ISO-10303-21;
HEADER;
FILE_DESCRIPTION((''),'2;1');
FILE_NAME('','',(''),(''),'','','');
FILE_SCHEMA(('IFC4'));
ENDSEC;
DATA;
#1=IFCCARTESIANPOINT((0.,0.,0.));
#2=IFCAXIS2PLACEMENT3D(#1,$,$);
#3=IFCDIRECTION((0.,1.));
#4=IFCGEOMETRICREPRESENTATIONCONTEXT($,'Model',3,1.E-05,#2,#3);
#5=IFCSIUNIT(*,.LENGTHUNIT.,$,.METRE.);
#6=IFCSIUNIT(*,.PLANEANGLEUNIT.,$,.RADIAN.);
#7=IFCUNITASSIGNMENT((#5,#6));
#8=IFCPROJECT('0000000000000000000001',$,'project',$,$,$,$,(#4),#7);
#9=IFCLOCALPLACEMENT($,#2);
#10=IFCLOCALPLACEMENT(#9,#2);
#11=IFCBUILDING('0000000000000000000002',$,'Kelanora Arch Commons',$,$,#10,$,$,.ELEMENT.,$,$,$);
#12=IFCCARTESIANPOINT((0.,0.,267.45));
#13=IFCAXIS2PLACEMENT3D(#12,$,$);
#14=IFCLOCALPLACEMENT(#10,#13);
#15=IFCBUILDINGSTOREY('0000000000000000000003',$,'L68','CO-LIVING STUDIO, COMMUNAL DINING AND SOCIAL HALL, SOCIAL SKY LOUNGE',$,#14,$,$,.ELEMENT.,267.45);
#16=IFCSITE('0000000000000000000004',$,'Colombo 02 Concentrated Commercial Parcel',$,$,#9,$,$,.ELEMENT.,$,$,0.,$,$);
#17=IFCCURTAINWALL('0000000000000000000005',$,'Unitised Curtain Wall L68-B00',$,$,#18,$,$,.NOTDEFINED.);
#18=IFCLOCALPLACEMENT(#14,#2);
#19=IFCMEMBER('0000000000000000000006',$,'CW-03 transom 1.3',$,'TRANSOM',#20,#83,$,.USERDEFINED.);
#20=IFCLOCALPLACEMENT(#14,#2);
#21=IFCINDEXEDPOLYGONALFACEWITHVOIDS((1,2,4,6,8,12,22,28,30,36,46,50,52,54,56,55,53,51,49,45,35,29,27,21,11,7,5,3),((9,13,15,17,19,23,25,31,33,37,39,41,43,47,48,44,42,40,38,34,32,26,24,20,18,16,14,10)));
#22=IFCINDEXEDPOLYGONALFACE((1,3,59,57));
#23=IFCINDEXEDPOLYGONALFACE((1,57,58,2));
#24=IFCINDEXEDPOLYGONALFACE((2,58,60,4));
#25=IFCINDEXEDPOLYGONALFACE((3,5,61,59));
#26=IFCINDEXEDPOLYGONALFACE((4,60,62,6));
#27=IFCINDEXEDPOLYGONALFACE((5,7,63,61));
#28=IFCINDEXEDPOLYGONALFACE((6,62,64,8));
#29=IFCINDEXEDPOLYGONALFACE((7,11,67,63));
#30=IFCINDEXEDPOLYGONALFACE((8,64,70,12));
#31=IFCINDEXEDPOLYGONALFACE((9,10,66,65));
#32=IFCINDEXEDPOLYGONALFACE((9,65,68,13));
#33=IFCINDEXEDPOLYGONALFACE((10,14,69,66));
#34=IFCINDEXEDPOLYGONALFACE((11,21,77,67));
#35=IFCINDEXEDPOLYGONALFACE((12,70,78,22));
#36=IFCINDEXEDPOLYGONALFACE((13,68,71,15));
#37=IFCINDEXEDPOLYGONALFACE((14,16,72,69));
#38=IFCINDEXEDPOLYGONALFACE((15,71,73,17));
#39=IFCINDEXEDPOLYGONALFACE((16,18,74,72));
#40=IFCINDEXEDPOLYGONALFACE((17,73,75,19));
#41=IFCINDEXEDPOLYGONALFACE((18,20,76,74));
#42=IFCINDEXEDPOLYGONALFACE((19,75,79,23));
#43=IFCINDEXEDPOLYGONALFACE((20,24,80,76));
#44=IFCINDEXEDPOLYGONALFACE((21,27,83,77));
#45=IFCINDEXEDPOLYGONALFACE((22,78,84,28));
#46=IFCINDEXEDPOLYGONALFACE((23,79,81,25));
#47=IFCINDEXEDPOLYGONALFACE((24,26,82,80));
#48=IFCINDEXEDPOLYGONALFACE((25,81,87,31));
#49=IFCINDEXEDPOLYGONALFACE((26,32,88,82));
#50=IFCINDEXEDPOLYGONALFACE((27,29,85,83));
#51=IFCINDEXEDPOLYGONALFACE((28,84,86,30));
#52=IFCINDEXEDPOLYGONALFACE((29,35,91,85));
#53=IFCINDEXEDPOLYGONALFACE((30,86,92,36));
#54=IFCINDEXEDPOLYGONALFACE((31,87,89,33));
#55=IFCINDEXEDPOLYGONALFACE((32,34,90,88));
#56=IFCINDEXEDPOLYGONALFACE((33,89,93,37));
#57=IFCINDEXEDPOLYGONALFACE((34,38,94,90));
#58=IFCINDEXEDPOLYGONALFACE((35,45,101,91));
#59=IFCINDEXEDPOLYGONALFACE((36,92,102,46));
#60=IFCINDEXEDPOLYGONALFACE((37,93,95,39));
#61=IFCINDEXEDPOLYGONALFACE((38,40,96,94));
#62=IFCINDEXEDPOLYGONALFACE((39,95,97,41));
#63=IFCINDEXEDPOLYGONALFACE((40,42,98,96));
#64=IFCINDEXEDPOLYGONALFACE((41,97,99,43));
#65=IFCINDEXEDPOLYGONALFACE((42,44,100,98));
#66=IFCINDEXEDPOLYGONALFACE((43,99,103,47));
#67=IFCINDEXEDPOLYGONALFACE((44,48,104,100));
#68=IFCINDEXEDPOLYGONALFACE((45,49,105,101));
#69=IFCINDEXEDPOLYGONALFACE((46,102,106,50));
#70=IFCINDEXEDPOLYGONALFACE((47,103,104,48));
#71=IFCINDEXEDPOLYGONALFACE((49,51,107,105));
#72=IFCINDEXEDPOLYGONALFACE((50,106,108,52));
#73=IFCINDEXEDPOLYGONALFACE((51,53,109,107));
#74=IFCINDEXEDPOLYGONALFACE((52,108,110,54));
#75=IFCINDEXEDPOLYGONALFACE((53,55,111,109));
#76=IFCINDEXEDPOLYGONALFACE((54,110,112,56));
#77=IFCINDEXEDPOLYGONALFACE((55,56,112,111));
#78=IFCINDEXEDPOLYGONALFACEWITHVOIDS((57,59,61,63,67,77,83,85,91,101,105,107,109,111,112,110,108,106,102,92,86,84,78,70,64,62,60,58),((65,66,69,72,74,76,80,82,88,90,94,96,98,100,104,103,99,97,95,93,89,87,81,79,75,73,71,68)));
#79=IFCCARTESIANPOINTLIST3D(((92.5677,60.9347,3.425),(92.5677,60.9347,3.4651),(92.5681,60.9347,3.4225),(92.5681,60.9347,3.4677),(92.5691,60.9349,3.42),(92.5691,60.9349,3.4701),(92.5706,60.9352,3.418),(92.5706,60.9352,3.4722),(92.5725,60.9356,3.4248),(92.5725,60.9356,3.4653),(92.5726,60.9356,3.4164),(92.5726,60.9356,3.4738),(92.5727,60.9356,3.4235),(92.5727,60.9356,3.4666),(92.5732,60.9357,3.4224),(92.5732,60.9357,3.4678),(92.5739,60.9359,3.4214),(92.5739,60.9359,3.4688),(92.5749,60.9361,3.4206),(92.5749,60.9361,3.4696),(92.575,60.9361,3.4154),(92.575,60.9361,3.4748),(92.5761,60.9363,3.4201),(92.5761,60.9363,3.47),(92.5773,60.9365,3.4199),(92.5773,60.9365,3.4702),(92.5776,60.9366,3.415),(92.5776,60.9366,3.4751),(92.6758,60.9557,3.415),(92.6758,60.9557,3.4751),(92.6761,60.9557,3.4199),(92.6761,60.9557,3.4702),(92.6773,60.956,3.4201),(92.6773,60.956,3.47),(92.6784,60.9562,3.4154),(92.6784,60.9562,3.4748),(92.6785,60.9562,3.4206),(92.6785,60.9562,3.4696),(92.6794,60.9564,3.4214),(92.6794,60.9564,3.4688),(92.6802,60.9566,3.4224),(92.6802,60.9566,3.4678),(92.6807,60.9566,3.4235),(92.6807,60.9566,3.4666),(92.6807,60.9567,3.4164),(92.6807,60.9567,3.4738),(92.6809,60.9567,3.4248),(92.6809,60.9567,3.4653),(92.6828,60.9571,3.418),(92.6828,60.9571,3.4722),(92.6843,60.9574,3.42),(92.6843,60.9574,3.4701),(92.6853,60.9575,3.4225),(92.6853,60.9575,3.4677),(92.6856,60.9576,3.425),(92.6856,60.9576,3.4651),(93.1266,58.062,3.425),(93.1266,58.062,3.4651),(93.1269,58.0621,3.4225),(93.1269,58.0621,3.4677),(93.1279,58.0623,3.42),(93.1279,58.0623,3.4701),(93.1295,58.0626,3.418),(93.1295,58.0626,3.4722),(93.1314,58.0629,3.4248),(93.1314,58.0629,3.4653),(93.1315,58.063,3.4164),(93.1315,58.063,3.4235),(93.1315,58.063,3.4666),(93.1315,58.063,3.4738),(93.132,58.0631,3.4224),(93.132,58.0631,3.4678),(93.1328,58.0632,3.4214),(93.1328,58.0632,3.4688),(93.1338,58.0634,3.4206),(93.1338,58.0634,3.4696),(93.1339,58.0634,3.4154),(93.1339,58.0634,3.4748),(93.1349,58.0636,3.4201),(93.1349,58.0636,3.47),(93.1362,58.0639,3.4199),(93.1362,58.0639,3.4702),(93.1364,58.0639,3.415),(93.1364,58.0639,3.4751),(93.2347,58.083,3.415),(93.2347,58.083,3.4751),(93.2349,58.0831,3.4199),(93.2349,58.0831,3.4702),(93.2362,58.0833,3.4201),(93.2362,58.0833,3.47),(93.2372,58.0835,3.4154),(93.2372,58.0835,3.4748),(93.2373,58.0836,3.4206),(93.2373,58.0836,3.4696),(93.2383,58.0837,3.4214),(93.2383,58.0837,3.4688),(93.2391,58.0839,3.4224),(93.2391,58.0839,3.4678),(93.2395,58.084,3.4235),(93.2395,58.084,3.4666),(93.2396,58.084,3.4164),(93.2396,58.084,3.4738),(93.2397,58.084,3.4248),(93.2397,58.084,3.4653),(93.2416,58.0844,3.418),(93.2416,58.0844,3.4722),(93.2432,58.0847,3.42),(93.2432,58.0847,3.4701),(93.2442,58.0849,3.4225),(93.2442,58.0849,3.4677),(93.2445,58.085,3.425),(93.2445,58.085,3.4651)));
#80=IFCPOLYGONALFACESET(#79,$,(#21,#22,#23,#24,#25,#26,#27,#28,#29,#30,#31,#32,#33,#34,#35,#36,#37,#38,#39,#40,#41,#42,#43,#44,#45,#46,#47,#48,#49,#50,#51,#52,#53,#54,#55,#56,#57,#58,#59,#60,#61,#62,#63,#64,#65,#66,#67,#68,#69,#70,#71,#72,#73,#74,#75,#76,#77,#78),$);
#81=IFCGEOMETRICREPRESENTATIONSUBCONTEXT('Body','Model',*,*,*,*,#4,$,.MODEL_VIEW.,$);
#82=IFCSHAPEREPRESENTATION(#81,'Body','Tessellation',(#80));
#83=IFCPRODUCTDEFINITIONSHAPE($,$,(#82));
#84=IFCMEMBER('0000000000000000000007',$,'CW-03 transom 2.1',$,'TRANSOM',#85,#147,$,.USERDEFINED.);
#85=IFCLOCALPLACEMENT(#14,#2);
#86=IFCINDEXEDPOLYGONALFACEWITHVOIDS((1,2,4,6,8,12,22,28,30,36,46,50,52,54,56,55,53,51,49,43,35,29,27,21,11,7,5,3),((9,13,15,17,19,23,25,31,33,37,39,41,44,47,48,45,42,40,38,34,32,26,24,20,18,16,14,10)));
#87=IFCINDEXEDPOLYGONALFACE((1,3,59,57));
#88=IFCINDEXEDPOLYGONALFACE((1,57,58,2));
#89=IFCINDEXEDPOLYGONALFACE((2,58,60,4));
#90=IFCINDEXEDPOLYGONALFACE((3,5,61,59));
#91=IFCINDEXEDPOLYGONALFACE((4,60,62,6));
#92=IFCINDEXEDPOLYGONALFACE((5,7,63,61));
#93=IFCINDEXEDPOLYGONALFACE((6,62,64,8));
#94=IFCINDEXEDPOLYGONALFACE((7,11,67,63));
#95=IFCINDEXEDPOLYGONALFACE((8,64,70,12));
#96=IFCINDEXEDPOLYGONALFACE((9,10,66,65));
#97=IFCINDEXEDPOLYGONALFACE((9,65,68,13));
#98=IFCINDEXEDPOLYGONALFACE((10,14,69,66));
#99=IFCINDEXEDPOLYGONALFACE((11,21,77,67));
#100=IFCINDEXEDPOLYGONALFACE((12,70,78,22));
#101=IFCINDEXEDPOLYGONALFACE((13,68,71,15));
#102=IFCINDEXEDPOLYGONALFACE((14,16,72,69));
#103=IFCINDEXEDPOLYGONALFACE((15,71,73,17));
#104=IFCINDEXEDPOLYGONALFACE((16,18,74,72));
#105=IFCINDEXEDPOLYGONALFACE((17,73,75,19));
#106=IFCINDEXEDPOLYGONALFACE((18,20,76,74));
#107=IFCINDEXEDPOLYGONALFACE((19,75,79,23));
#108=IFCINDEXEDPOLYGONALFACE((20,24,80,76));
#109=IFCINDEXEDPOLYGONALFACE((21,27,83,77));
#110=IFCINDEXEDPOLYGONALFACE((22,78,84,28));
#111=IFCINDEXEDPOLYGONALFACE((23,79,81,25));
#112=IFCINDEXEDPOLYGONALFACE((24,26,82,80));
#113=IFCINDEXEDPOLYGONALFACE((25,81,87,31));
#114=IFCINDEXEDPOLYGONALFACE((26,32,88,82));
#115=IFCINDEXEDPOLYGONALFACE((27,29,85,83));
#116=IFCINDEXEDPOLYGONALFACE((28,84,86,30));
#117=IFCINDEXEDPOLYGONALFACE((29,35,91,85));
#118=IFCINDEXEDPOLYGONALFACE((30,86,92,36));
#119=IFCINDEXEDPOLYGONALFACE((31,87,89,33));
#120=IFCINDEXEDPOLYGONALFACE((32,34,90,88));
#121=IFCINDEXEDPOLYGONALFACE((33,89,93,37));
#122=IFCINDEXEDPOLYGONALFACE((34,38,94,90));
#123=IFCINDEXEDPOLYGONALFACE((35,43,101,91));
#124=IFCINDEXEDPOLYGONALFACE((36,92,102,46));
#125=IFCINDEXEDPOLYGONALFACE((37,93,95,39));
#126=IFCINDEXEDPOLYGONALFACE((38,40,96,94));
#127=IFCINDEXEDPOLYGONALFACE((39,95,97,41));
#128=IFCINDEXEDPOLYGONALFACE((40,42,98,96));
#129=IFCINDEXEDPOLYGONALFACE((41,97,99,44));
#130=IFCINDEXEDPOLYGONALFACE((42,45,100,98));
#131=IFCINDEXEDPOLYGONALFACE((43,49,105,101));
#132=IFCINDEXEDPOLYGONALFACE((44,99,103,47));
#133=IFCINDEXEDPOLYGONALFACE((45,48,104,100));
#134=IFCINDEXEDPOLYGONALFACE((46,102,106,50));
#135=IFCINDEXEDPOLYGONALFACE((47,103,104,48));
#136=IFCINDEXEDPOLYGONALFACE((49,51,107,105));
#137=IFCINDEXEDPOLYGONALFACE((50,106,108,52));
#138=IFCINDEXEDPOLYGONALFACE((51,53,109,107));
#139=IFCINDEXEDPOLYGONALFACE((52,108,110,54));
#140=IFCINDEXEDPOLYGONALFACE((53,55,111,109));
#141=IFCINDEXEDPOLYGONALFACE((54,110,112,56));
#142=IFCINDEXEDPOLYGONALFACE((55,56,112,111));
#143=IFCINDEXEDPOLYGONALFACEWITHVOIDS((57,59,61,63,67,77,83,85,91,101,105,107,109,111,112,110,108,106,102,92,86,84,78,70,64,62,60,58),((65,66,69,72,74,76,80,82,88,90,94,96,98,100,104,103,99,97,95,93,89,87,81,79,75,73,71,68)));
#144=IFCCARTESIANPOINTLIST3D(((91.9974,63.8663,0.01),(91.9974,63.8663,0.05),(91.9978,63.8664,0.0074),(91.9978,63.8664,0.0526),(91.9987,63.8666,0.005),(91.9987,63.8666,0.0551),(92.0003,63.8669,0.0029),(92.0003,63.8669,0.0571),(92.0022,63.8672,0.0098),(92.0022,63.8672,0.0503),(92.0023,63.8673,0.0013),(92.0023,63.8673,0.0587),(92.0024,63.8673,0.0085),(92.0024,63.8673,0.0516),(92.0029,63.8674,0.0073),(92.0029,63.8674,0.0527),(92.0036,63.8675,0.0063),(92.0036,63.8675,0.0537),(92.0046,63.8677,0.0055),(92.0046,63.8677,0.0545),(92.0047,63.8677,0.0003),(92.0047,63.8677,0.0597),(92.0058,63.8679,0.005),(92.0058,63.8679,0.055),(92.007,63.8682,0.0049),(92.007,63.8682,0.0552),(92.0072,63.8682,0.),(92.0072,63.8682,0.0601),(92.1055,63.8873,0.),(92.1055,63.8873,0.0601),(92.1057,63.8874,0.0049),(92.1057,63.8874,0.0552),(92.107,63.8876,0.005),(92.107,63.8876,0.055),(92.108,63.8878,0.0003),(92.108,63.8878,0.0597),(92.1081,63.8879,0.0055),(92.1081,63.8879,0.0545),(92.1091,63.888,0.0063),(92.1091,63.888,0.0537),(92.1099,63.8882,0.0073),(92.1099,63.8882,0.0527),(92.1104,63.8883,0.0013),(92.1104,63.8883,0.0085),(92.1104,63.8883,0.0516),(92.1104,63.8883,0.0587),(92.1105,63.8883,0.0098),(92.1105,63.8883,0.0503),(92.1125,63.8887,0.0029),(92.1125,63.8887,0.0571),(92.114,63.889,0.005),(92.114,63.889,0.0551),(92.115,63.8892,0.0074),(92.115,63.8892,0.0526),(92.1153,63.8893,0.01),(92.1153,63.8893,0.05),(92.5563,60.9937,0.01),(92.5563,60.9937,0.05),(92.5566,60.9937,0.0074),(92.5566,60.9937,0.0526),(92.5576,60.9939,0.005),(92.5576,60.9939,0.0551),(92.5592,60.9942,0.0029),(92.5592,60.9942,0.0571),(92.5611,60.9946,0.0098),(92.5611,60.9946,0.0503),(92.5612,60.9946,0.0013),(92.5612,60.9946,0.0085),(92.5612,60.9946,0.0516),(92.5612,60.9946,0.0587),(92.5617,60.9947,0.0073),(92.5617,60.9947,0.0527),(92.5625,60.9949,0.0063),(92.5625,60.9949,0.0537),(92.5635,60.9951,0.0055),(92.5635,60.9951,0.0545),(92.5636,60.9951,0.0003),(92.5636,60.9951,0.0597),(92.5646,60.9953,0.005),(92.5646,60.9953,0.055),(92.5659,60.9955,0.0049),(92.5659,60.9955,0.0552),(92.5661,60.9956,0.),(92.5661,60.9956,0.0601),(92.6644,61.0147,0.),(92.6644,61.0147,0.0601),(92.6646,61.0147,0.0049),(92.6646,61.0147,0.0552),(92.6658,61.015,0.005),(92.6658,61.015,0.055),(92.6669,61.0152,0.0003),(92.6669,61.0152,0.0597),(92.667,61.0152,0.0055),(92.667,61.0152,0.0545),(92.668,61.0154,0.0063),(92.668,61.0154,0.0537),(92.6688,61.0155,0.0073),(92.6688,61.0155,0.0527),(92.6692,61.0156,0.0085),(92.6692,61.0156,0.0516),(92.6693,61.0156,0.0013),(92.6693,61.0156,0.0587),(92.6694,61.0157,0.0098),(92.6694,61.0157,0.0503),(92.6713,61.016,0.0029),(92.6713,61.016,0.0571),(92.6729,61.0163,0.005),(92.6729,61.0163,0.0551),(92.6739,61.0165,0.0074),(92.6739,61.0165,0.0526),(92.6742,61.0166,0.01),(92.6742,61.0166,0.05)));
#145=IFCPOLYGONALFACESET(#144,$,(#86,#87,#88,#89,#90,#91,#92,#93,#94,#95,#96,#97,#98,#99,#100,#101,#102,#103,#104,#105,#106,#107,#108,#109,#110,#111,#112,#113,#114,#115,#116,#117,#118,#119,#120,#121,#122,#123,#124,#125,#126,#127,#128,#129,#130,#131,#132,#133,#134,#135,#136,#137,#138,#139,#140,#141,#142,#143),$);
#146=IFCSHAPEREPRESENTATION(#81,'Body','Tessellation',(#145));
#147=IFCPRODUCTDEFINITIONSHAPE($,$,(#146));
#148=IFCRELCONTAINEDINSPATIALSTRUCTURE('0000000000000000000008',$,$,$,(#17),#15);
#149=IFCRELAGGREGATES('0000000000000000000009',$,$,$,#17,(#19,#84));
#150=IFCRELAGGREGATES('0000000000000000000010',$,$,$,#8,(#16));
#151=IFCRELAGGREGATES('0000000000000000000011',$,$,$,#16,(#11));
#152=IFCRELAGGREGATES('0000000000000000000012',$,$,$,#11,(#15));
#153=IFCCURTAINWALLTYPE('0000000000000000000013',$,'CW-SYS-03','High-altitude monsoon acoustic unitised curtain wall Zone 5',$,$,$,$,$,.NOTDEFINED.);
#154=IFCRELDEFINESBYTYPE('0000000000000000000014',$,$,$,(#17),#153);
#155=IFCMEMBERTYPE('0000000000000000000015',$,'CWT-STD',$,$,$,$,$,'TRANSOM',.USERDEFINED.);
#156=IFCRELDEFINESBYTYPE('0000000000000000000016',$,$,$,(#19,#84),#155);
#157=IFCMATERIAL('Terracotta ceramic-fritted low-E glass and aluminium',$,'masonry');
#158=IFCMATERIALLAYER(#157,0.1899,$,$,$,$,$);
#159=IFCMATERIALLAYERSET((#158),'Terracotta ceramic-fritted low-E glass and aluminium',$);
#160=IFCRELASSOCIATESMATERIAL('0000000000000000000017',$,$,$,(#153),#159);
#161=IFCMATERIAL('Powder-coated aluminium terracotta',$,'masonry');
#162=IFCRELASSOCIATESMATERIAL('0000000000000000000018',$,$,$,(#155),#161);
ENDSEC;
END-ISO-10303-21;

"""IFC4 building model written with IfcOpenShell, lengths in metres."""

from ifc_helpers import new_model, si_unit, direction, frame, origin, origin_2d, place, context, subcontext, project, spatial, hollow_rectangle, extrude, material, layer, layer_set, material_profile, profile_set, type_object, element, aggregate, save


model = new_model("IFC4")

# Units and contexts
model_context = context("Model", 3, precision=1e-05, world=origin(), true_north=direction((0.0, 1.0)))
body_context = subcontext(model_context, "Body", "Model", "MODEL_VIEW")
ifc_project = project(units=[si_unit("LENGTHUNIT", "METRE"), si_unit("PLANEANGLEUNIT", "RADIAN")], contexts=[model_context])

# Site, building, storey
site_placement = place(None, origin())
site = spatial("IfcSite", under=ifc_project, at=site_placement, Name="Colombo 02 Concentrated Commercial Parcel", CompositionType="ELEMENT", RefElevation=0.0)
building_placement = place(site_placement, origin())
building = spatial("IfcBuilding", under=site, at=building_placement, Name="Kelanora Arch Commons", CompositionType="ELEMENT")
storey_placement = place(building_placement, frame((0.0, 0.0, 267.45)))
storey = spatial("IfcBuildingStorey", under=building, at=storey_placement, Name="L68", Description="CO-LIVING STUDIO, COMMUNAL DINING AND SOCIAL HALL, SOCIAL SKY LOUNGE", CompositionType="ELEMENT", Elevation=267.45)

# Curtain wall, members
ifc_material_1 = material(Name="Terracotta ceramic-fritted low-E glass and aluminium", Category="masonry")
ifc_layer_1 = layer(ifc_material_1, 0.1899)
ifc_layer_set_1 = layer_set([ifc_layer_1], Name="Terracotta ceramic-fritted low-E glass and aluminium")
curtain_wall_type = type_object("IfcCurtainWallType", Name="CW-SYS-03", Description="High-altitude monsoon acoustic unitised curtain wall Zone 5", PredefinedType="NOTDEFINED", material=ifc_layer_set_1)
curtain_wall_placement = place(storey_placement, origin())
curtain_wall = element("IfcCurtainWall", 1, at=curtain_wall_placement, inside=storey, type_object=curtain_wall_type, Name="Unitised Curtain Wall L68-B00", PredefinedType="NOTDEFINED")
ifc_material_2 = material(Name="Powder-coated aluminium terracotta", Category="masonry")
ifc_material_profile_1 = material_profile(ifc_material_2, hollow_rectangle(XDim=0.1201, YDim=0.0601, WallThickness=0.0049, InnerFilletRadius=0.0049, OuterFilletRadius=0.01, at=origin_2d()), Name="CWT120x60")
ifc_profile_set_1 = profile_set([ifc_material_profile_1], Name="Powder-coated aluminium terracotta")
member_type_1 = type_object("IfcMemberType", Name="CWT-STD", ElementType="TRANSOM", PredefinedType="USERDEFINED", material=ifc_profile_set_1)
member_1_placement = place(storey_placement, frame((93.1855, 58.0735, 3.4451), z_axis=(-0.190963, 0.981597, 0.0), x_axis=(-0.981597, -0.190963, 0.0)))
member_1 = element("IfcMember", 2, at=member_1_placement, type_object=member_type_1, Name="CW-03 transom 1.3", ObjectType="TRANSOM", PredefinedType="USERDEFINED", context=body_context, shape_type="SweptSolid", body=[
    extrude(hollow_rectangle(XDim=0.1201, YDim=0.0601, WallThickness=0.0049, InnerFilletRadius=0.0049, OuterFilletRadius=0.01, at=origin_2d()), origin(), (0.0, 0.0, 1.0), 2.9265),
])
member_2_placement = place(storey_placement, frame((92.6152, 61.0051, 0.03), z_axis=(-0.190963, 0.981597, 0.0), x_axis=(-0.981597, -0.190963, 0.0)))
member_2 = element("IfcMember", 3, at=member_2_placement, type_object=member_type_1, Name="CW-03 transom 2.1", ObjectType="TRANSOM", PredefinedType="USERDEFINED", context=body_context, shape_type="SweptSolid", body=[
    extrude(hollow_rectangle(XDim=0.1201, YDim=0.0601, WallThickness=0.0049, InnerFilletRadius=0.0049, OuterFilletRadius=0.01, at=origin_2d()), origin(), (0.0, 0.0, 1.0), 2.9265),
])
aggregate(curtain_wall, [member_1, member_2])

save(model, "model.ifc")
